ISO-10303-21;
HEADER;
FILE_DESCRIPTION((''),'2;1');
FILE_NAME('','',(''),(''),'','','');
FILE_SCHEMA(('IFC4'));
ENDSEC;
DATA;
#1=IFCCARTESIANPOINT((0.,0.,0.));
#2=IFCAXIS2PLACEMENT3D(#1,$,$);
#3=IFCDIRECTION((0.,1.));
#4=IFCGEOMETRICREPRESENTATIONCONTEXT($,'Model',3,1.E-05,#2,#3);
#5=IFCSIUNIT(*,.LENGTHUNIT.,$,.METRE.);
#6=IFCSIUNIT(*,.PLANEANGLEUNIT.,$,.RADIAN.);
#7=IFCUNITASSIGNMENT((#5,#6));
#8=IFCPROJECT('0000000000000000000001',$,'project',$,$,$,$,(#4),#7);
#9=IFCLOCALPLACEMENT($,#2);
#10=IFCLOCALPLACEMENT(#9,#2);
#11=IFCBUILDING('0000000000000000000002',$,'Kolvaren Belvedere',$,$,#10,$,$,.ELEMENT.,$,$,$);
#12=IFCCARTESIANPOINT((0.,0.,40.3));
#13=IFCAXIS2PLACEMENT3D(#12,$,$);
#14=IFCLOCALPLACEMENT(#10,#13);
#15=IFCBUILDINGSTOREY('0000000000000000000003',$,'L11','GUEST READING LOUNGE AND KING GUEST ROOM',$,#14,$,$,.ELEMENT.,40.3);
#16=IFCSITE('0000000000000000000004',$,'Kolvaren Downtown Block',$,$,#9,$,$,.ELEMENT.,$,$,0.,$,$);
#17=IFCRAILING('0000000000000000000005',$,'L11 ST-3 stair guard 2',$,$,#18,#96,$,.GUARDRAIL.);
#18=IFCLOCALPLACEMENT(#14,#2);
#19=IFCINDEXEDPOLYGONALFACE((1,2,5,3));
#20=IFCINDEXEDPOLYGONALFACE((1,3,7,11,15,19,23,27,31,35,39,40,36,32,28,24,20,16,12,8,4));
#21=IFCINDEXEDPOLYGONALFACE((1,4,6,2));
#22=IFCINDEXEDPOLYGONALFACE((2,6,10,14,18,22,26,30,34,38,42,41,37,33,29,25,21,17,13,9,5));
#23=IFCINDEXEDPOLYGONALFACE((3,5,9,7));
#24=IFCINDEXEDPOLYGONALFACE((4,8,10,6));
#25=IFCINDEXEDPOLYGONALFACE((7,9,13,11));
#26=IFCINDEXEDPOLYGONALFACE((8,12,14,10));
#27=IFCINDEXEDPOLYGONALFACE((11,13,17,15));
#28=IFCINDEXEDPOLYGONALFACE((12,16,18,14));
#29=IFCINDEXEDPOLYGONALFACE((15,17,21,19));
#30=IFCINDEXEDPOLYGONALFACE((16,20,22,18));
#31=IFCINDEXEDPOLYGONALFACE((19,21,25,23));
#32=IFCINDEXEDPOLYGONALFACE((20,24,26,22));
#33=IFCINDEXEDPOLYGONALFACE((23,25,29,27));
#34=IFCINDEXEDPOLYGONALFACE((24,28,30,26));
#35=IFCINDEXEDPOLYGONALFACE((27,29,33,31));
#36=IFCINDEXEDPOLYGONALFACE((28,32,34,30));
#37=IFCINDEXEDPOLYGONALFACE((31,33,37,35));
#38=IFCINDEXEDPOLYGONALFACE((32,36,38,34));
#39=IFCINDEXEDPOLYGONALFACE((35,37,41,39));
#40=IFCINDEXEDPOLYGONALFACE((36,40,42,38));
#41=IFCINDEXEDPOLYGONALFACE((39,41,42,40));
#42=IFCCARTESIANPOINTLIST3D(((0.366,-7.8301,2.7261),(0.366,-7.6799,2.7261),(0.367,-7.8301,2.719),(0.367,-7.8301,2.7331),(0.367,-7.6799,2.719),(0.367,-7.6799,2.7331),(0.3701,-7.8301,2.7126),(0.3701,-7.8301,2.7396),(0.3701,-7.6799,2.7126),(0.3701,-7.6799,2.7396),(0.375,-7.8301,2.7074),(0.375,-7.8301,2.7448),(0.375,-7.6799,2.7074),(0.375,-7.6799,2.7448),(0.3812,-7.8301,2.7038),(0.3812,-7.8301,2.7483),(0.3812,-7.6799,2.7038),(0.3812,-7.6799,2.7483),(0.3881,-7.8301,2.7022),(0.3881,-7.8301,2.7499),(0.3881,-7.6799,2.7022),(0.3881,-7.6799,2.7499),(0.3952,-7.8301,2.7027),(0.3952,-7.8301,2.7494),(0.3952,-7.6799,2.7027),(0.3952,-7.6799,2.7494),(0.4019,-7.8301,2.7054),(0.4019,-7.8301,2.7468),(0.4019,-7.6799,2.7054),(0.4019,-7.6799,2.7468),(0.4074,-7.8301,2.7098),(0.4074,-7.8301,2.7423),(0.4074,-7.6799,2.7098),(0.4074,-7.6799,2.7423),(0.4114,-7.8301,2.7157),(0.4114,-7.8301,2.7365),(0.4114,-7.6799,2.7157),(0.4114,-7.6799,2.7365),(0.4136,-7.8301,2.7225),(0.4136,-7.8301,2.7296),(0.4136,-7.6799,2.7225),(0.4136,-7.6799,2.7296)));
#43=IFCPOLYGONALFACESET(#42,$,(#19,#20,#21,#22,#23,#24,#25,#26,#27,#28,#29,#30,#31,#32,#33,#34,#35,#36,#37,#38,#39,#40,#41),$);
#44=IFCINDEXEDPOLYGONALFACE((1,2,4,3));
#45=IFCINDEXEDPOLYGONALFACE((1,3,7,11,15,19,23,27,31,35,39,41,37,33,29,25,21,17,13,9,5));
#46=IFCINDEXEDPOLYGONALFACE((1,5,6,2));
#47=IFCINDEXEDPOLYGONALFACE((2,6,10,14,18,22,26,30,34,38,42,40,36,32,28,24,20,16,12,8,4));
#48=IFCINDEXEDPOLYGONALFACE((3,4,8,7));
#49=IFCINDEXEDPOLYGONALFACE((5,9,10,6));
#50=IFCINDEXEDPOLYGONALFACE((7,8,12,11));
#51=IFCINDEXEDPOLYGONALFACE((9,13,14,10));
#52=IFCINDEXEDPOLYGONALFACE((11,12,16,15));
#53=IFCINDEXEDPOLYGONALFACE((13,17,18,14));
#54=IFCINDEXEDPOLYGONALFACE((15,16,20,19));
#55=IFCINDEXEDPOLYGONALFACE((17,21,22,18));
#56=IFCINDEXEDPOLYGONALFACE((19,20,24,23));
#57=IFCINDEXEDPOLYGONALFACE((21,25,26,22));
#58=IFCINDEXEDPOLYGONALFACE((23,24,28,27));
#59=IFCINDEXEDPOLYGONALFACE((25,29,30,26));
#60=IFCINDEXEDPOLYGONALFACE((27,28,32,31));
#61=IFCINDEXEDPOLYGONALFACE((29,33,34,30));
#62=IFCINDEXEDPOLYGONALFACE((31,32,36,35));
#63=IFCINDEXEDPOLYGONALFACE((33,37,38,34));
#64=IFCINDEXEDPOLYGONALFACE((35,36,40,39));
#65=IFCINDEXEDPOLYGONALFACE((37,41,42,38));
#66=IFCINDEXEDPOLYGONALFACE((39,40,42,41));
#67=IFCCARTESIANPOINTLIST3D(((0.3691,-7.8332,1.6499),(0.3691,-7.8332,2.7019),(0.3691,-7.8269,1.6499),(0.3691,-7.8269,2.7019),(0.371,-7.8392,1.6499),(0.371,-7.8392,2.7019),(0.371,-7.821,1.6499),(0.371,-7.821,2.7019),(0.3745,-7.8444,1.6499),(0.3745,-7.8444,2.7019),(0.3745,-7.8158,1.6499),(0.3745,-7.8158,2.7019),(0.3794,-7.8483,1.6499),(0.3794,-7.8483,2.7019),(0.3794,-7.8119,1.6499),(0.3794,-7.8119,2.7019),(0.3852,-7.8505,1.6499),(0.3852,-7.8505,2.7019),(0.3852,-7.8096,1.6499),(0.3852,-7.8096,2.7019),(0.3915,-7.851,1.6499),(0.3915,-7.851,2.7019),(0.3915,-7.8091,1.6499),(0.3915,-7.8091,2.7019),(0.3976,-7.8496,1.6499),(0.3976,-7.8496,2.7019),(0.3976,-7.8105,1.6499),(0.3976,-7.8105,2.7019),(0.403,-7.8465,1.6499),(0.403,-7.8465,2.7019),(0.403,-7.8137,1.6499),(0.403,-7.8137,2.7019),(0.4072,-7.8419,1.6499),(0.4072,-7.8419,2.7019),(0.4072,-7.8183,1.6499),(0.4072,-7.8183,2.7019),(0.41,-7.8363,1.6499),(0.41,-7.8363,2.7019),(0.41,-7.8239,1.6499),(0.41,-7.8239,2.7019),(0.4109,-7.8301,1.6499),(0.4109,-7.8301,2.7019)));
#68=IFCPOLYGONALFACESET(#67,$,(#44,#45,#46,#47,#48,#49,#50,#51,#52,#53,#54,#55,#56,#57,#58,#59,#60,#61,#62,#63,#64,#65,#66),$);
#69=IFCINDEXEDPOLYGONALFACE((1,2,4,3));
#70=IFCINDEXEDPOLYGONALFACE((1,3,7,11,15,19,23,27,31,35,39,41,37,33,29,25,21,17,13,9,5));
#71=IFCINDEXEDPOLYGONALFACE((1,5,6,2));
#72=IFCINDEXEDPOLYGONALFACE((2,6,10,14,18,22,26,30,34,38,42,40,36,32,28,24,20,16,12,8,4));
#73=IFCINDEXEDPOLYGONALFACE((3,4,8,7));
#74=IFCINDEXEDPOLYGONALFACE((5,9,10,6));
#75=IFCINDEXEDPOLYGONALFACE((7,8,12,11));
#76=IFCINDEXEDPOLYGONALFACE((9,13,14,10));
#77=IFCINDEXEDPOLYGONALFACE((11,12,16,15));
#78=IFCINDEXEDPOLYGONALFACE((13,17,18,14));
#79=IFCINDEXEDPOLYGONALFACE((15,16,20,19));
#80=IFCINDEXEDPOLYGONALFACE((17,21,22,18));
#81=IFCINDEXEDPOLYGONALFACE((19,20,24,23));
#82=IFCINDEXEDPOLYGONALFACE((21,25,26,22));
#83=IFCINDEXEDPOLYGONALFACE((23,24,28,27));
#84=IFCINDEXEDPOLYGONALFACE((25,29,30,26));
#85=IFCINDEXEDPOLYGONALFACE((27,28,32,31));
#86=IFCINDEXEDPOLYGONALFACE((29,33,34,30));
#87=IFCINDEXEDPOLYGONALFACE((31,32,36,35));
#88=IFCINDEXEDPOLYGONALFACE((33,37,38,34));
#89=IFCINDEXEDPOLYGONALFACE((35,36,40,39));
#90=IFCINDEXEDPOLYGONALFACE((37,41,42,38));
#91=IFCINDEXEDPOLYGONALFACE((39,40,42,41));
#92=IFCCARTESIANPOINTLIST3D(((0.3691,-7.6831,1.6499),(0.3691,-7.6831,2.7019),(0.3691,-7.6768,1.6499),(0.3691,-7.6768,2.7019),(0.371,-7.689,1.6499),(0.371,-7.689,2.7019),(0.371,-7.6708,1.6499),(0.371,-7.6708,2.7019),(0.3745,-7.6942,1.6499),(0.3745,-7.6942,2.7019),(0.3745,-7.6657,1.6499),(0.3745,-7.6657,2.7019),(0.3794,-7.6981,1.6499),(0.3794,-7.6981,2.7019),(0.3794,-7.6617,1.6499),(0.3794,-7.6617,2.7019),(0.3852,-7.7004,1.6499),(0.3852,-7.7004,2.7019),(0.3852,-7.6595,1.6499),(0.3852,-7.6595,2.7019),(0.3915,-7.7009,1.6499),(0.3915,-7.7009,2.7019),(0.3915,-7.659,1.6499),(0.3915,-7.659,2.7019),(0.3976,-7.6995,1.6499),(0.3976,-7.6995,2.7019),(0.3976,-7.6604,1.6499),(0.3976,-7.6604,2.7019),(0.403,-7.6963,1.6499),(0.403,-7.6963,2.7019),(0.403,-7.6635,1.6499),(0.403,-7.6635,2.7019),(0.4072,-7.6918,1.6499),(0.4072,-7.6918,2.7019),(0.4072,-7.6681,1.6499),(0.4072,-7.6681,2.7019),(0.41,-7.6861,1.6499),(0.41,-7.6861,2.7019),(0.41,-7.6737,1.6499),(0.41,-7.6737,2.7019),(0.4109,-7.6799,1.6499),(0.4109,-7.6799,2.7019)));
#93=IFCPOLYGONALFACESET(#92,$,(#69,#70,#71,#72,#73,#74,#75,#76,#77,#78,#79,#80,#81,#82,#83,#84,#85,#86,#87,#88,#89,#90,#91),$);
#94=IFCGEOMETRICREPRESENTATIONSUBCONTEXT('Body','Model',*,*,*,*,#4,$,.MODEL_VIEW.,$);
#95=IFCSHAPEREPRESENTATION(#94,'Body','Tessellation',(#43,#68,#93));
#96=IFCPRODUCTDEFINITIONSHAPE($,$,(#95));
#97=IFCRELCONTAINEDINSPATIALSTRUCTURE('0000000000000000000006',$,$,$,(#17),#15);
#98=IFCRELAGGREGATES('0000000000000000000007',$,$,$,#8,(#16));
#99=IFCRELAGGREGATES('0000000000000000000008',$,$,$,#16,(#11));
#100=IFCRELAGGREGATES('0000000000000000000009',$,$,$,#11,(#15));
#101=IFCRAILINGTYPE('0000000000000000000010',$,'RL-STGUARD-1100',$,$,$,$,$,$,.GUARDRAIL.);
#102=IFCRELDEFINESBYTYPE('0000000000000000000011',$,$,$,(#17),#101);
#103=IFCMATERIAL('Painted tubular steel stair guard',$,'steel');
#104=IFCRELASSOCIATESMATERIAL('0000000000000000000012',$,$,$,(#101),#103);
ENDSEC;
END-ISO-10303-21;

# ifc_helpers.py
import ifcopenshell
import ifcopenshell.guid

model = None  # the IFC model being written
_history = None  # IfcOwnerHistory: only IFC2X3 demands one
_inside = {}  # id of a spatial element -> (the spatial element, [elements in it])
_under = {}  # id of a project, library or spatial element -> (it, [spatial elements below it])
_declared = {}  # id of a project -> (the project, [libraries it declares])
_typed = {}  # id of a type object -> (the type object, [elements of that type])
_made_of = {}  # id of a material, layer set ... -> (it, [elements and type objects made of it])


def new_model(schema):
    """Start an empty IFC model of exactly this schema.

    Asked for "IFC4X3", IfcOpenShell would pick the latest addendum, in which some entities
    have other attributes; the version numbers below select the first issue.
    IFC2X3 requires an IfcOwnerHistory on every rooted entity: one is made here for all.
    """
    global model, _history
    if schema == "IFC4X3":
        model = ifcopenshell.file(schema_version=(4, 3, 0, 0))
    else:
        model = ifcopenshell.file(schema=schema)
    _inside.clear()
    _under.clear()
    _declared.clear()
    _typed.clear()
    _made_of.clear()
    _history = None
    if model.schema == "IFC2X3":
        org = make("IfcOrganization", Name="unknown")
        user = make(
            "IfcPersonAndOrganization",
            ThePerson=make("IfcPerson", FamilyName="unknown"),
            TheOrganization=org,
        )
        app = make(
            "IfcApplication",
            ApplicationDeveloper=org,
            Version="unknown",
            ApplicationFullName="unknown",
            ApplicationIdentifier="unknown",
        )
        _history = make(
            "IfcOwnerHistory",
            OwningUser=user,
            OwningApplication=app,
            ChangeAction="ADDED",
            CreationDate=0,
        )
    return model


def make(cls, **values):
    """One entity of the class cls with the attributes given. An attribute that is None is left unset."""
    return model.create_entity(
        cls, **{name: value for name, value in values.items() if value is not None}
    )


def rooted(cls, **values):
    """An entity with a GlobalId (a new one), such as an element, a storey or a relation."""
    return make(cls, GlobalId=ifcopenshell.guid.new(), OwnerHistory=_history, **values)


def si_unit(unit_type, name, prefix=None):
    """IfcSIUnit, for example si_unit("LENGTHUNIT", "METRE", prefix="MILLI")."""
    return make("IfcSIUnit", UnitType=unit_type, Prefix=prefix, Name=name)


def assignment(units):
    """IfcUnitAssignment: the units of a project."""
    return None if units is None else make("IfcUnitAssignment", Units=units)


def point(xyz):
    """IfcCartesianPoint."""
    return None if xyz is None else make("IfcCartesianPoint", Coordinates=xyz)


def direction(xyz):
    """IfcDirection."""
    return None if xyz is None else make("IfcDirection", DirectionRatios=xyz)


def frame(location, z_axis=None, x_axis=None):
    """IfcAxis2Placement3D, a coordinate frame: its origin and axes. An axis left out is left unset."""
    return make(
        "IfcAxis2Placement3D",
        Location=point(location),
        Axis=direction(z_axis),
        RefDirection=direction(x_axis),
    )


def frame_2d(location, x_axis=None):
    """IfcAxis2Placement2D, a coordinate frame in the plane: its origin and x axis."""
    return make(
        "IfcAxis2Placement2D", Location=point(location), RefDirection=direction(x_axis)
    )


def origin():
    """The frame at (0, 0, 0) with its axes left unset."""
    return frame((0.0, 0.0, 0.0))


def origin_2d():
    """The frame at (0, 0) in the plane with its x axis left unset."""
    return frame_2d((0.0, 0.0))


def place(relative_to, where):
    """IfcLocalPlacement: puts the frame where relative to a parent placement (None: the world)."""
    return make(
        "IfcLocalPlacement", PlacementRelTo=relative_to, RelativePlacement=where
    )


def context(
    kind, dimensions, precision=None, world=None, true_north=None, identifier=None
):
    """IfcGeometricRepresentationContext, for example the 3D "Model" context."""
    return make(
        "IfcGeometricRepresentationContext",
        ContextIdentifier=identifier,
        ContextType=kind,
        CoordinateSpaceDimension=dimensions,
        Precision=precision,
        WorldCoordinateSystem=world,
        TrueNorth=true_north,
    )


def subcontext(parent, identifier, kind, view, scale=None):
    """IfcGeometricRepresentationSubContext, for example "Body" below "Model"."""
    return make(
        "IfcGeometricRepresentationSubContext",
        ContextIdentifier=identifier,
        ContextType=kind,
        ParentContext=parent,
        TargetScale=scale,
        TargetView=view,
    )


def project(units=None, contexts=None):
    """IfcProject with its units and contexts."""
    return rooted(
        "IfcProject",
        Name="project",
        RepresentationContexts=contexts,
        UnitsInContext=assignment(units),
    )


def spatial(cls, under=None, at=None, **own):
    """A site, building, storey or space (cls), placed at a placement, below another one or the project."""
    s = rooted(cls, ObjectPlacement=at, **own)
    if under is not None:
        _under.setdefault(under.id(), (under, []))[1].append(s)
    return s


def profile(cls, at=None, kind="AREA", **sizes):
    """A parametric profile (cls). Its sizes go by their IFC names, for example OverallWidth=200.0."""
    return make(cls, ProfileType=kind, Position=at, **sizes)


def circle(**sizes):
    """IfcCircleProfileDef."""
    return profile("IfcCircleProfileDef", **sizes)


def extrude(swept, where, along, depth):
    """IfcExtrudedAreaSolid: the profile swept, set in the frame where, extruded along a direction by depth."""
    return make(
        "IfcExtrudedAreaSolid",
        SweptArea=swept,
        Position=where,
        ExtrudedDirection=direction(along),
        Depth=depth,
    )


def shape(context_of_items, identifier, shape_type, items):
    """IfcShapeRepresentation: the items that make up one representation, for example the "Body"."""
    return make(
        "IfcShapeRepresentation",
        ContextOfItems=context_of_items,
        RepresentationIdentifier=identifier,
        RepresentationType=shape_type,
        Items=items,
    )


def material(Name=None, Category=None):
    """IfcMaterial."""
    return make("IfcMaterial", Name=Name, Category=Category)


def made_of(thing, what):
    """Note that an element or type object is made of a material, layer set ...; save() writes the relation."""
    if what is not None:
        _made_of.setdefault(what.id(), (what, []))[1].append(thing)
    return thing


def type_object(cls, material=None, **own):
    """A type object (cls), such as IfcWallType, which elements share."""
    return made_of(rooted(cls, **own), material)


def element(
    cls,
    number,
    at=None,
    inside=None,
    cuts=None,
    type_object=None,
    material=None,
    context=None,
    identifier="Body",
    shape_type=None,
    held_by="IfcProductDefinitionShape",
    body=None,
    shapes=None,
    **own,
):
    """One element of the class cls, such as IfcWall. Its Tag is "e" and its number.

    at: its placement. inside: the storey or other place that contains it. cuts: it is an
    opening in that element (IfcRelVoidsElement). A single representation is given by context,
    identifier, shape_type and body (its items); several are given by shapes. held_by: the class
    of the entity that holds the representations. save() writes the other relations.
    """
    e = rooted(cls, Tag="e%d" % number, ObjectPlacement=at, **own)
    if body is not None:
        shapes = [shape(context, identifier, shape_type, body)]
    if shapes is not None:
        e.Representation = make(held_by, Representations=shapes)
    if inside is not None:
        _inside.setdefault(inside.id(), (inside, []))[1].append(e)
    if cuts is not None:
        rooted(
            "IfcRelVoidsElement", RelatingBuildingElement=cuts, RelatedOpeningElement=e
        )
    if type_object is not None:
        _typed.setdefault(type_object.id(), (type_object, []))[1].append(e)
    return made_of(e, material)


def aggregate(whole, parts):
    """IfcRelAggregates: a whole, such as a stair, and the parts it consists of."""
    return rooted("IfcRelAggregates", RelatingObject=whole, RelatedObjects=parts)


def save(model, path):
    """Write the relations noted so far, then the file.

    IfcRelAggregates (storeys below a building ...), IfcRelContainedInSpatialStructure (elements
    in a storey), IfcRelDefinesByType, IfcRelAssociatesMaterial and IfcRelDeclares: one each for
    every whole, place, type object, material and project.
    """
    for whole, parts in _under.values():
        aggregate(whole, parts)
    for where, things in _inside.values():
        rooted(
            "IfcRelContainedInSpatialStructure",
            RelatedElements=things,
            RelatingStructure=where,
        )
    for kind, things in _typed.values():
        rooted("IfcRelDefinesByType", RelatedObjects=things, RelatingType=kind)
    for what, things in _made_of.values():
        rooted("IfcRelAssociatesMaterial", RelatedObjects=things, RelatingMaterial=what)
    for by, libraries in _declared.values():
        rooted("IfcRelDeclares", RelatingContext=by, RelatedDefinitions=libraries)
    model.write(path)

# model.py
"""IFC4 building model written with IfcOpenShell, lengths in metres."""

from ifc_helpers import new_model, si_unit, direction, frame, origin, origin_2d, place, context, subcontext, project, spatial, circle, extrude, material, type_object, element, save


model = new_model("IFC4")

# Units and contexts
model_context = context("Model", 3, precision=1e-05, world=origin(), true_north=direction((0.0, 1.0)))
body_context = subcontext(model_context, "Body", "Model", "MODEL_VIEW")
ifc_project = project(units=[si_unit("LENGTHUNIT", "METRE"), si_unit("PLANEANGLEUNIT", "RADIAN")], contexts=[model_context])

# Site, building, storey
site_placement = place(None, origin())
site = spatial("IfcSite", under=ifc_project, at=site_placement, Name="Kolvaren Downtown Block", CompositionType="ELEMENT", RefElevation=0.0)
building_placement = place(site_placement, origin())
building = spatial("IfcBuilding", under=site, at=building_placement, Name="Kolvaren Belvedere", CompositionType="ELEMENT")
storey_placement = place(building_placement, frame((0.0, 0.0, 40.3)))
storey = spatial("IfcBuildingStorey", under=building, at=storey_placement, Name="L11", Description="GUEST READING LOUNGE AND KING GUEST ROOM", CompositionType="ELEMENT", Elevation=40.3)

# Railing
ifc_material_1 = material(Name="Painted tubular steel stair guard", Category="steel")
railing_type_1 = type_object("IfcRailingType", Name="RL-STGUARD-1100", PredefinedType="GUARDRAIL", material=ifc_material_1)
railing_1_placement = place(storey_placement, frame((0.3899, -7.8301, 1.6499)))
element("IfcRailing", 1, at=railing_1_placement, inside=storey, type_object=railing_type_1, Name="L11 ST-3 stair guard 2", PredefinedType="GUARDRAIL", context=body_context, shape_type="SweptSolid", body=[
    extrude(circle(Radius=0.0239, at=origin_2d()), frame((0.0, 0.0, 1.0762), z_axis=(0.0, 1.0, 0.0), x_axis=(-1.0, 0.0, 0.0)), (0.0, 0.0, 1.0), 0.1501),
    extrude(circle(Radius=0.021, at=origin_2d()), origin(), (0.0, 0.0, 1.0), 1.052),
    extrude(circle(Radius=0.021, at=origin_2d()), frame((0.0, 0.1501, 0.0)), (0.0, 0.0, 1.0), 1.052),
])

save(model, "model.ifc")
